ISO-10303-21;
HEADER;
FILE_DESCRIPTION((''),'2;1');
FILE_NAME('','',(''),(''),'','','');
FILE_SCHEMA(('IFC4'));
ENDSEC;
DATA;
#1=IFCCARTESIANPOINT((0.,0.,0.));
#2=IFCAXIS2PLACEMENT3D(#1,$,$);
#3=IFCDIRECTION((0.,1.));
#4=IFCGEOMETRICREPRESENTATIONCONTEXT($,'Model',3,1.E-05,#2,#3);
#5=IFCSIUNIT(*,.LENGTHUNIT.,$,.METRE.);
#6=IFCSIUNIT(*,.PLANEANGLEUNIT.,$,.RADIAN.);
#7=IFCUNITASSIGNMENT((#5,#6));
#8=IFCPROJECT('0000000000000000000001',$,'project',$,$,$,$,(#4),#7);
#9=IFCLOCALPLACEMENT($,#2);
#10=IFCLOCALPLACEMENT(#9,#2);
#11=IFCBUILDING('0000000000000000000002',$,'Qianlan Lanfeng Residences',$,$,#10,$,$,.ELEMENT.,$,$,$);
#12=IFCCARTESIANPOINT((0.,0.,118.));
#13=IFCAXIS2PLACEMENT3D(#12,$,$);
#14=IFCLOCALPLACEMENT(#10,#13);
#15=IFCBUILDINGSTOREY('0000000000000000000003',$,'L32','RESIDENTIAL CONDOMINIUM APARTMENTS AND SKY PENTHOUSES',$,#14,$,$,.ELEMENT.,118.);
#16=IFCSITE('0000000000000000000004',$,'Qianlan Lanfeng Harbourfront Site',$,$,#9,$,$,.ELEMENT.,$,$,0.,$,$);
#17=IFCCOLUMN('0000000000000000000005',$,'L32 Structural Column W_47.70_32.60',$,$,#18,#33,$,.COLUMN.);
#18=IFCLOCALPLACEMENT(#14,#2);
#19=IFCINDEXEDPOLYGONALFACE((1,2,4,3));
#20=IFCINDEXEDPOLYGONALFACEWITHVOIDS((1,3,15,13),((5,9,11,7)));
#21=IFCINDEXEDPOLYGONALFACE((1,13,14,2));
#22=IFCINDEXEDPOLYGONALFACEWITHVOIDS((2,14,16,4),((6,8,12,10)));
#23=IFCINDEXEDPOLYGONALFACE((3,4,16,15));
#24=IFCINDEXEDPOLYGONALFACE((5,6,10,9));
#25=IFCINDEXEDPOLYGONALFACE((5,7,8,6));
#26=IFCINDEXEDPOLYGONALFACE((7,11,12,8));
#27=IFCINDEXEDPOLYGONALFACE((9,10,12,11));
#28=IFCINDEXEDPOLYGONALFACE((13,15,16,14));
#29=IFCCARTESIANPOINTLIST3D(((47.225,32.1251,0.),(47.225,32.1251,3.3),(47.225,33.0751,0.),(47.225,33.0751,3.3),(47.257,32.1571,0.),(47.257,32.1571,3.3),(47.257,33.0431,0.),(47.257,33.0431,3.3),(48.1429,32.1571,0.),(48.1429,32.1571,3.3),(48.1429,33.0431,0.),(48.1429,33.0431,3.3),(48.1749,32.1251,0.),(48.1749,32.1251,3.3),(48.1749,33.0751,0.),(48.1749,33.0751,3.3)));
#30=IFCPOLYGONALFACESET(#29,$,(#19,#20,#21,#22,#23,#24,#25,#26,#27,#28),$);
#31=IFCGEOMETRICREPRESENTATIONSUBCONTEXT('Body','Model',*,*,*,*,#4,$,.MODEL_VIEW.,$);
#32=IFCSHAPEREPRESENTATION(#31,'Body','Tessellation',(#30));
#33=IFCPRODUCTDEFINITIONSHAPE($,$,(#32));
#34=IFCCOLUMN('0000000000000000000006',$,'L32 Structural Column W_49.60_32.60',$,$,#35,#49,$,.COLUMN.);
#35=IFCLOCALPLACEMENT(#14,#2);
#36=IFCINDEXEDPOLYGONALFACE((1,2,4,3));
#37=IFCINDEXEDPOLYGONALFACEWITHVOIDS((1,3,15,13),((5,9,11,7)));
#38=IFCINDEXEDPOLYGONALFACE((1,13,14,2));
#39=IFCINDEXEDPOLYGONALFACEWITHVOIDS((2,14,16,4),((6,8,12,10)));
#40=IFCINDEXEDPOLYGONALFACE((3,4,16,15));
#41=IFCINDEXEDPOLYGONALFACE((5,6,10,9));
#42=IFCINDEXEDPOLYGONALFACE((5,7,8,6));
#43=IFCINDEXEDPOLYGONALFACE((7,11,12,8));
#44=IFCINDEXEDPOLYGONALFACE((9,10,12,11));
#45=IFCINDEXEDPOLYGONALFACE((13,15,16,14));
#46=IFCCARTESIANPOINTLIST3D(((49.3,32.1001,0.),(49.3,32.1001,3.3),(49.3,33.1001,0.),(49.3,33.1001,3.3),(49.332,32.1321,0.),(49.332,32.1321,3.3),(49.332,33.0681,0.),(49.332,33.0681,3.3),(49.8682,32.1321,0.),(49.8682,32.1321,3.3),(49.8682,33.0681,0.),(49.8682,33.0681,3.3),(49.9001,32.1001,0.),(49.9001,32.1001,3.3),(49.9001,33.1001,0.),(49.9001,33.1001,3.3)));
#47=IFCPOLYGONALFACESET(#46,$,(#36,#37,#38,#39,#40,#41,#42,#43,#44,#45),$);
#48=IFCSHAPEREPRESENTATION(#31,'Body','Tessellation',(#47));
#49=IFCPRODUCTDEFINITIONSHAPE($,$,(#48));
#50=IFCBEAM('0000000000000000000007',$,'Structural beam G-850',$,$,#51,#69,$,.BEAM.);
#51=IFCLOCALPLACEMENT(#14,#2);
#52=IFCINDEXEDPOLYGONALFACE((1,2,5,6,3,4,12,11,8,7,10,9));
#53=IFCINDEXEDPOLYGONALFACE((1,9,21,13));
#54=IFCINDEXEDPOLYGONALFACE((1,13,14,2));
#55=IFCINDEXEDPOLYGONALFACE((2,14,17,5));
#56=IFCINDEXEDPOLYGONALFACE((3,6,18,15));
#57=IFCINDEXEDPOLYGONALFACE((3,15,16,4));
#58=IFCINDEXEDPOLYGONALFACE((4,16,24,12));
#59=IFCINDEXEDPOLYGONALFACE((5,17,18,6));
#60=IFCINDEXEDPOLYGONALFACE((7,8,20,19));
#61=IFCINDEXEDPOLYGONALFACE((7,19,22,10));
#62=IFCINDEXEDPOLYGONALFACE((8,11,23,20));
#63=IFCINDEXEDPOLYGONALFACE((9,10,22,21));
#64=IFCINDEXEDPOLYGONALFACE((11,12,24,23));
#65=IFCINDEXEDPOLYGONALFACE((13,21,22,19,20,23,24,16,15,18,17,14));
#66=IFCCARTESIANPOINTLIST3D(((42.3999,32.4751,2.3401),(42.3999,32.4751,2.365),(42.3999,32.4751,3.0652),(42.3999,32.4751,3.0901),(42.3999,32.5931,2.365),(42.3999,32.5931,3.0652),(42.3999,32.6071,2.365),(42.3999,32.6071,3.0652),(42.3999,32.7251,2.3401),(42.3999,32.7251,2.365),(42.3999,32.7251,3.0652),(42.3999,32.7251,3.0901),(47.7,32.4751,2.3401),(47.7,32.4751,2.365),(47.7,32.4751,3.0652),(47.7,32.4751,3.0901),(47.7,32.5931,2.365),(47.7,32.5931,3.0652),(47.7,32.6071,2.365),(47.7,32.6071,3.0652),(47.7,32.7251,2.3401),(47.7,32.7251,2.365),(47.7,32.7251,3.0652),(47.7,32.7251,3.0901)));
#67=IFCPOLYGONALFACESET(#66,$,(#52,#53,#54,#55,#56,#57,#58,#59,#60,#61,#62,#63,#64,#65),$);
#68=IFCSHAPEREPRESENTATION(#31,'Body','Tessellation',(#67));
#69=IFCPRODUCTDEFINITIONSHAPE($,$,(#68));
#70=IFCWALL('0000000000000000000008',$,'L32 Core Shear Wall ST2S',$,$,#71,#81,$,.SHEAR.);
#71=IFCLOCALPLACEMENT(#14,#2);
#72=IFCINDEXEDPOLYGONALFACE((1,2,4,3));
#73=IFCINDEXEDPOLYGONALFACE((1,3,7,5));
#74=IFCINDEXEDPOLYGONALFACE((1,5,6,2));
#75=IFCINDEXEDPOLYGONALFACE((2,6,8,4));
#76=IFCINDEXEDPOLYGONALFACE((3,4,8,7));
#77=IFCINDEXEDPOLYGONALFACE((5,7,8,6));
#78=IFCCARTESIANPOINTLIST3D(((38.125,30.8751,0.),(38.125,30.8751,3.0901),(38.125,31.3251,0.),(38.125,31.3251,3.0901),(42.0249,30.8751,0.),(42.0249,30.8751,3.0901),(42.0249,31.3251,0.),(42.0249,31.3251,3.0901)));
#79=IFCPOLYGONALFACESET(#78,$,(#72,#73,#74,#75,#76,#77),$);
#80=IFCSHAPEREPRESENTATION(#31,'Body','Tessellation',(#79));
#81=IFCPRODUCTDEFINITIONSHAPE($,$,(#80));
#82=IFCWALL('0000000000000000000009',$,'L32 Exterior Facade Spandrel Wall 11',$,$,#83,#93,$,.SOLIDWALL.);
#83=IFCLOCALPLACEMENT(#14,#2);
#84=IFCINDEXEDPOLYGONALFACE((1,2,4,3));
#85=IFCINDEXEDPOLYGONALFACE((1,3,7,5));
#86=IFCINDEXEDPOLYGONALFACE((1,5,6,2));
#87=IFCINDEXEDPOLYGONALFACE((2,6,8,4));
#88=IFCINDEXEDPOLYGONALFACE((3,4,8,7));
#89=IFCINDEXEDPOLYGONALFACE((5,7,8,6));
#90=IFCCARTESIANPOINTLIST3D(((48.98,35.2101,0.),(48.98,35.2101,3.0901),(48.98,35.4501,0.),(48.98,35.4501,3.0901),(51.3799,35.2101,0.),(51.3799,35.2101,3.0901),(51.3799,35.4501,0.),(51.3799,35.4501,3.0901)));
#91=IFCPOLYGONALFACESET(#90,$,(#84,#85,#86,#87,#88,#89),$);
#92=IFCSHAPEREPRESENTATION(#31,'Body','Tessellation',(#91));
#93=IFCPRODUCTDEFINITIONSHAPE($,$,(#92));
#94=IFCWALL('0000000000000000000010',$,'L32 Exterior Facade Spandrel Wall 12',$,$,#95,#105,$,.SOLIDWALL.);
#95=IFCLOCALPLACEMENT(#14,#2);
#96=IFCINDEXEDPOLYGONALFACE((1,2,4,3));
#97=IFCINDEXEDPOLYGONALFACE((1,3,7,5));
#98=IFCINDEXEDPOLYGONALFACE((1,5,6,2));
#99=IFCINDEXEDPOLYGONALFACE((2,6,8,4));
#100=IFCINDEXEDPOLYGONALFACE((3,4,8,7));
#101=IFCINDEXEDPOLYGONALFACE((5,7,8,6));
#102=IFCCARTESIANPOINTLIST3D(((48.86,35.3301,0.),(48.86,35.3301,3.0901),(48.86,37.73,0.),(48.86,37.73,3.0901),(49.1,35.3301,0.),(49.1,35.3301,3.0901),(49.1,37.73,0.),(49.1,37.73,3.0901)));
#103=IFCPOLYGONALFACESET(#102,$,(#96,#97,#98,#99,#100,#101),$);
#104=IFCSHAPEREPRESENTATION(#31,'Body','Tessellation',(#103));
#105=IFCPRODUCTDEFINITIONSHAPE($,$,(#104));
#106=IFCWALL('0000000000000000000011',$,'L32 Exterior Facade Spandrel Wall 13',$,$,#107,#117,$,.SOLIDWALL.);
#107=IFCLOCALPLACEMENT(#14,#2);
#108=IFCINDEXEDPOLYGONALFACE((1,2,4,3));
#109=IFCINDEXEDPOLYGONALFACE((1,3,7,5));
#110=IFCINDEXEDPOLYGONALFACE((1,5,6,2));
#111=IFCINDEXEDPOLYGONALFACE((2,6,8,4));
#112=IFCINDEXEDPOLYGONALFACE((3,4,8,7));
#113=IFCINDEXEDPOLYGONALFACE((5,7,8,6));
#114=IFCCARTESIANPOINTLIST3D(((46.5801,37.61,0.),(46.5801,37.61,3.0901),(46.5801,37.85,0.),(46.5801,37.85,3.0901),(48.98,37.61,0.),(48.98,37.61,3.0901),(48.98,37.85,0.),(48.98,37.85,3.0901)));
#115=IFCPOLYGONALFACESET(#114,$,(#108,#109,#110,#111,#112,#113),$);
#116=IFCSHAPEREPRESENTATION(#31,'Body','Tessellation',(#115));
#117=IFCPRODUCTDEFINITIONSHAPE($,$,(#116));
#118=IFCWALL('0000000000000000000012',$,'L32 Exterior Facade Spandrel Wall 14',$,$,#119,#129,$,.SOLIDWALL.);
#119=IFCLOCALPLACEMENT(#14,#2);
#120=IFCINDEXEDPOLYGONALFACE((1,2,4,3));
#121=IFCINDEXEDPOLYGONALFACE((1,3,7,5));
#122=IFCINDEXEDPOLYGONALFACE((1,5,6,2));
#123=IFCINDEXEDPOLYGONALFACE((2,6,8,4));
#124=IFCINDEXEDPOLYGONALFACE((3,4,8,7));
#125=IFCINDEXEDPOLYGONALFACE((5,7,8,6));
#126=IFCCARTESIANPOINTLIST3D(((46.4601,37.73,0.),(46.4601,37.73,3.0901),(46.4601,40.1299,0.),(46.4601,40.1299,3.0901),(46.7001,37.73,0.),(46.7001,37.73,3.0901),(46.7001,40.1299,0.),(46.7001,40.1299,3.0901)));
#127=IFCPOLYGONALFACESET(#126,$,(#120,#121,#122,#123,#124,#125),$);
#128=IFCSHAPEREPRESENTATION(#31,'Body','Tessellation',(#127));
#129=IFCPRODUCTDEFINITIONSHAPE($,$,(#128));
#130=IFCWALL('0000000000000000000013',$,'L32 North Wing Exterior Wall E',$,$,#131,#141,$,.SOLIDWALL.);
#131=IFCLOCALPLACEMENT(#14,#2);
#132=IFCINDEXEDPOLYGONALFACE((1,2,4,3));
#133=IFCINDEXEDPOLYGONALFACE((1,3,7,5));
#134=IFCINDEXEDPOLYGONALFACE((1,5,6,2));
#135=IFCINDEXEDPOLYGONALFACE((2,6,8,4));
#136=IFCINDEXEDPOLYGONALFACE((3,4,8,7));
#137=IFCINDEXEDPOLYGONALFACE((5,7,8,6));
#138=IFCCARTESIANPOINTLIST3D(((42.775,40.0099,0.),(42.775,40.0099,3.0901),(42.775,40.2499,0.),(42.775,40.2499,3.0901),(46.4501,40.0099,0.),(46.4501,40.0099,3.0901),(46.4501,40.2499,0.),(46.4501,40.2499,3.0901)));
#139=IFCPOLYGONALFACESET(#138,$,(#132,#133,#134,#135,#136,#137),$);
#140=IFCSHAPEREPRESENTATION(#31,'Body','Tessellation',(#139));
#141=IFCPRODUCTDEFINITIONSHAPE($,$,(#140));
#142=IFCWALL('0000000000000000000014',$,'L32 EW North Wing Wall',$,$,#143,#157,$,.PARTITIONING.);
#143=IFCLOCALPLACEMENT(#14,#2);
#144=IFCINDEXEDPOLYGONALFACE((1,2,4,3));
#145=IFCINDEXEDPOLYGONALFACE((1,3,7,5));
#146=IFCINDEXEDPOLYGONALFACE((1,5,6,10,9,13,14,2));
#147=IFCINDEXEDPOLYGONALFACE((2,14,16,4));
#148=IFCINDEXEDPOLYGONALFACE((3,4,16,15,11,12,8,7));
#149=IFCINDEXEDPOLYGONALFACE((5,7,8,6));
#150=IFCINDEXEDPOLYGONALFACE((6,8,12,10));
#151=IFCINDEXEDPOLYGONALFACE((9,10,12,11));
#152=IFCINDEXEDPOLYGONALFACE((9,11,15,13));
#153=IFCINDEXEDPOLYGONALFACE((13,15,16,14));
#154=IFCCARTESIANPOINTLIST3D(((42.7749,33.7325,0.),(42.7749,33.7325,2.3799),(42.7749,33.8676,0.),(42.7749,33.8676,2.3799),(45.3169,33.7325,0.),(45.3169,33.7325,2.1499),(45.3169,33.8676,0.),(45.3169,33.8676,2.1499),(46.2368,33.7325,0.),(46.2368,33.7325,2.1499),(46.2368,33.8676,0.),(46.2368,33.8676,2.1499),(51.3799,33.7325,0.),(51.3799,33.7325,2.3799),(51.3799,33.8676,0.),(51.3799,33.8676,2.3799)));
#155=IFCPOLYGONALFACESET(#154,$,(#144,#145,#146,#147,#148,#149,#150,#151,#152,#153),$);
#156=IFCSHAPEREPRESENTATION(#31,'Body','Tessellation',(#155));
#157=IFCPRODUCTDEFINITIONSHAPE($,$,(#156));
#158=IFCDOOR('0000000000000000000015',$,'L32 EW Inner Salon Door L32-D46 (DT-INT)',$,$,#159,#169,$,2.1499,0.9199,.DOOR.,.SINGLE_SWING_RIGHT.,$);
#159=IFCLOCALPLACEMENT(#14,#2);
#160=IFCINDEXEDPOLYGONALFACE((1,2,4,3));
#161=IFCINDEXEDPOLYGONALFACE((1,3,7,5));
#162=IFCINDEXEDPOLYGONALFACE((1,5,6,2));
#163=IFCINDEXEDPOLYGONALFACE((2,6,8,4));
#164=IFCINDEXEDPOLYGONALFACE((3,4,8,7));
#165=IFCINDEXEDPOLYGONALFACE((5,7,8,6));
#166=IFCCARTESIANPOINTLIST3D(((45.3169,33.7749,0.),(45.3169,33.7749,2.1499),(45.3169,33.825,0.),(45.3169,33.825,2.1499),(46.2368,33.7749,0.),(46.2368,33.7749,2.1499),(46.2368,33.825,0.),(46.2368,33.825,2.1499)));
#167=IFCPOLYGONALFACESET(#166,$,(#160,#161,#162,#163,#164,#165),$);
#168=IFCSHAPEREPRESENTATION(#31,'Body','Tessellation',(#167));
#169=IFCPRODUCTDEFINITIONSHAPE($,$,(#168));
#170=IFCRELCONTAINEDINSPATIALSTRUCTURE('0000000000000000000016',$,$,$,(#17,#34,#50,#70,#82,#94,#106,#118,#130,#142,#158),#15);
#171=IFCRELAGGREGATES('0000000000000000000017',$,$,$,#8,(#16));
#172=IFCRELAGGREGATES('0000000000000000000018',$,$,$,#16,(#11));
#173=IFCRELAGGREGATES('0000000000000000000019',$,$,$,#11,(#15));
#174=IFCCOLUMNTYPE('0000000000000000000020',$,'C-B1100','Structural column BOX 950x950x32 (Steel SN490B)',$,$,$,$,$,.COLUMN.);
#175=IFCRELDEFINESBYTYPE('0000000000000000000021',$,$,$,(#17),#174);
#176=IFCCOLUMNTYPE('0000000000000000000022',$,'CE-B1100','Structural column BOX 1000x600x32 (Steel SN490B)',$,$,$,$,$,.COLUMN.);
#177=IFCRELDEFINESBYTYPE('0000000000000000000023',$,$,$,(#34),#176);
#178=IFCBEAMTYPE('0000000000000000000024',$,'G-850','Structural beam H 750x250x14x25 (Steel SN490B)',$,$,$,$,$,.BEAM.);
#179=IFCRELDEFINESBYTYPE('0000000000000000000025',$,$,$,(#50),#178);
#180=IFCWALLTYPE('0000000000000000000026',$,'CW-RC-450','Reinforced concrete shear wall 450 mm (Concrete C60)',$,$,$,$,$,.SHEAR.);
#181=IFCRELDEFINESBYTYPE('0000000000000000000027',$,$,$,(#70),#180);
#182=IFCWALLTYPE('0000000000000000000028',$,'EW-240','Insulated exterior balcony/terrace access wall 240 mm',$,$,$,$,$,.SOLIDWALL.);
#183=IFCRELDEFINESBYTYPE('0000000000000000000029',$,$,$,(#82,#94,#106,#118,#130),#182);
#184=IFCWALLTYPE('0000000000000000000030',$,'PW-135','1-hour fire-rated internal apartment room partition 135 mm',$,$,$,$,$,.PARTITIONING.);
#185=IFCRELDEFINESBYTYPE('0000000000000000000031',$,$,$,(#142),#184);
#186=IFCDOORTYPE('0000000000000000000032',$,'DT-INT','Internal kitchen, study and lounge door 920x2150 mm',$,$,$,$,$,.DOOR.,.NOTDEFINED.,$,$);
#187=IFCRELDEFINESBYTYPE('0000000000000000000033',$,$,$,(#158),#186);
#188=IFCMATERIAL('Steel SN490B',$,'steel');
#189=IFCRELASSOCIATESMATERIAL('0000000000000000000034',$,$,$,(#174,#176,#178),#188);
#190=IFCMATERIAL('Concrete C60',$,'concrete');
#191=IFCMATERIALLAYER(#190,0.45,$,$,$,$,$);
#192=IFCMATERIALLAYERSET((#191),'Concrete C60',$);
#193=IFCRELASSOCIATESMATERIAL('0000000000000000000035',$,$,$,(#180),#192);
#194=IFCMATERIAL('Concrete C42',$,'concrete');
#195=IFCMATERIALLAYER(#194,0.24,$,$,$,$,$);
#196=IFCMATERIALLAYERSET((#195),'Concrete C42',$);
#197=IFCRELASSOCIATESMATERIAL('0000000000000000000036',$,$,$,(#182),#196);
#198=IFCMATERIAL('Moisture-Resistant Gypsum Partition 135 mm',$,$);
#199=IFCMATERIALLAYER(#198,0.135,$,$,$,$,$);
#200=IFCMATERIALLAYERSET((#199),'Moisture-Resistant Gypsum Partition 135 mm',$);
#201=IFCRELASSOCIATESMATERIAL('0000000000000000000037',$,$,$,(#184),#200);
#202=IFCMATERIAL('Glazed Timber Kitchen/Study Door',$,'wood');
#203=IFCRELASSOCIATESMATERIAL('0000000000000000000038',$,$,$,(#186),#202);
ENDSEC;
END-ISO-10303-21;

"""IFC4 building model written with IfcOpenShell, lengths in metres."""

from ifc_helpers import new_model, si_unit, direction, frame, frame_2d, origin, origin_2d, place, context, subcontext, project, spatial, rectangle, hollow_rectangle, i_section, extrude, material, layer, layer_set, material_profile, profile_set, type_object, element, fill, save


model = new_model("IFC4")

# Units and contexts
model_context = context("Model", 3, precision=1e-05, world=origin(), true_north=direction((0.0, 1.0)))
body_context = subcontext(model_context, "Body", "Model", "MODEL_VIEW")
ifc_project = project(units=[si_unit("LENGTHUNIT", "METRE"), si_unit("PLANEANGLEUNIT", "RADIAN")], contexts=[model_context])

# Site, building, storey
site_placement = place(None, origin())
site = spatial("IfcSite", under=ifc_project, at=site_placement, Name="Qianlan Lanfeng Harbourfront Site", CompositionType="ELEMENT", RefElevation=0.0)
building_placement = place(site_placement, origin())
building = spatial("IfcBuilding", under=site, at=building_placement, Name="Qianlan Lanfeng Residences", CompositionType="ELEMENT")
storey_placement = place(building_placement, frame((0.0, 0.0, 118.0)))
storey = spatial("IfcBuildingStorey", under=building, at=storey_placement, Name="L32", Description="RESIDENTIAL CONDOMINIUM APARTMENTS AND SKY PENTHOUSES", CompositionType="ELEMENT", Elevation=118.0)

# Columns
ifc_material_1 = material(Name="Steel SN490B", Category="steel")
ifc_material_profile_1 = material_profile(ifc_material_1, hollow_rectangle(XDim=0.95, YDim=0.95, WallThickness=0.032, at=origin_2d()), Name="BOX 950x950x32")
ifc_profile_set_1 = profile_set([ifc_material_profile_1], Name="Steel SN490B")
column_type_1 = type_object("IfcColumnType", Name="C-B1100", Description="Structural column BOX 950x950x32 (Steel SN490B)", PredefinedType="COLUMN", material=ifc_profile_set_1)
column_1_placement = place(storey_placement, frame((47.7, 32.6001, 0.0), z_axis=(0.0, 0.0, 1.0), x_axis=(1.0, 0.0, 0.0)))
element("IfcColumn", 1, at=column_1_placement, inside=storey, type_object=column_type_1, Name="L32 Structural Column W_47.70_32.60", PredefinedType="COLUMN", context=body_context, shape_type="SweptSolid", body=[
    extrude(hollow_rectangle(XDim=0.95, YDim=0.95, WallThickness=0.032, at=origin_2d()), origin(), (0.0, 0.0, 1.0), 3.3),
])
ifc_material_profile_2 = material_profile(ifc_material_1, hollow_rectangle(XDim=0.6001, YDim=1.0, WallThickness=0.032, at=origin_2d()), Name="BOX 1000x600x32")
ifc_profile_set_2 = profile_set([ifc_material_profile_2], Name="Steel SN490B")
column_type_2 = type_object("IfcColumnType", Name="CE-B1100", Description="Structural column BOX 1000x600x32 (Steel SN490B)", PredefinedType="COLUMN", material=ifc_profile_set_2)
column_2_placement = place(storey_placement, frame((49.6001, 32.6001, 0.0), z_axis=(0.0, 0.0, 1.0), x_axis=(1.0, 0.0, 0.0)))
element("IfcColumn", 2, at=column_2_placement, inside=storey, type_object=column_type_2, Name="L32 Structural Column W_49.60_32.60", PredefinedType="COLUMN", context=body_context, shape_type="SweptSolid", body=[
    extrude(hollow_rectangle(XDim=0.6001, YDim=1.0, WallThickness=0.032, at=origin_2d()), origin(), (0.0, 0.0, 1.0), 3.3),
])

# Beam
ifc_material_profile_3 = material_profile(ifc_material_1, i_section(OverallWidth=0.25, OverallDepth=0.75, WebThickness=0.0139, FlangeThickness=0.0249, at=origin_2d()), Name="H 750x250x14x25")
ifc_profile_set_3 = profile_set([ifc_material_profile_3], Name="Steel SN490B")
beam_type = type_object("IfcBeamType", Name="G-850", Description="Structural beam H 750x250x14x25 (Steel SN490B)", PredefinedType="BEAM", material=ifc_profile_set_3)
beam_placement = place(storey_placement, frame((42.3999, 32.6001, 2.7151), z_axis=(1.0, 0.0, 0.0), x_axis=(0.0, 1.0, 0.0)))
element("IfcBeam", 3, at=beam_placement, inside=storey, type_object=beam_type, Name="Structural beam G-850", PredefinedType="BEAM", context=body_context, shape_type="SweptSolid", body=[
    extrude(i_section(OverallWidth=0.25, OverallDepth=0.75, WebThickness=0.0139, FlangeThickness=0.0249, at=origin_2d()), origin(), (0.0, 0.0, 1.0), 5.3),
])

# Walls
ifc_material_2 = material(Name="Concrete C60", Category="concrete")
ifc_layer_1 = layer(ifc_material_2, 0.45)
ifc_layer_set_1 = layer_set([ifc_layer_1], Name="Concrete C60")
wall_type_1 = type_object("IfcWallType", Name="CW-RC-450", Description="Reinforced concrete shear wall 450 mm (Concrete C60)", PredefinedType="SHEAR", material=ifc_layer_set_1)
wall_1_placement = place(storey_placement, frame((38.125, 31.1001, 0.0), z_axis=(0.0, 0.0, 1.0), x_axis=(1.0, 0.0, 0.0)))
element("IfcWall", 4, at=wall_1_placement, inside=storey, type_object=wall_type_1, Name="L32 Core Shear Wall ST2S", PredefinedType="SHEAR", context=body_context, shape_type="SweptSolid", body=[
    extrude(rectangle(XDim=3.8999, YDim=0.45, at=frame_2d((1.95, 0.0))), origin(), (0.0, 0.0, 1.0), 3.0901),
])
ifc_material_3 = material(Name="Concrete C42", Category="concrete")
ifc_layer_2 = layer(ifc_material_3, 0.24)
ifc_layer_set_2 = layer_set([ifc_layer_2], Name="Concrete C42")
wall_type_2 = type_object("IfcWallType", Name="EW-240", Description="Insulated exterior balcony/terrace access wall 240 mm", PredefinedType="SOLIDWALL", material=ifc_layer_set_2)
for number, where, z_axis, x_axis, name in (
    (5, (51.3799, 35.3301, 0.0), (0.0, 0.0, 1.0), (-1.0, 0.0, 0.0), "L32 Exterior Facade Spandrel Wall 11"),
    (6, (48.98, 35.3301, 0.0), (0.0, 0.0, 1.0), (0.0, 1.0, 0.0), "L32 Exterior Facade Spandrel Wall 12"),
    (7, (48.98, 37.73, 0.0), (0.0, 0.0, 1.0), (-1.0, 0.0, 0.0), "L32 Exterior Facade Spandrel Wall 13"),
    (8, (46.5801, 37.73, 0.0), (0.0, 0.0, 1.0), (0.0, 1.0, 0.0), "L32 Exterior Facade Spandrel Wall 14"),
):
    element("IfcWall", number, at=place(storey_placement, frame(where, z_axis=z_axis, x_axis=x_axis)), inside=storey, type_object=wall_type_2, Name=name, PredefinedType="SOLIDWALL", context=body_context, shape_type="SweptSolid", body=[
        extrude(rectangle(XDim=2.3999, YDim=0.24, at=frame_2d((1.2, 0.0))), origin(), (0.0, 0.0, 1.0), 3.0901),
    ])
wall_2_placement = place(storey_placement, frame((46.45, 40.1299, 0.0), z_axis=(0.0, 0.0, 1.0), x_axis=(-1.0, 0.0, 0.0)))
element("IfcWall", 9, at=wall_2_placement, inside=storey, type_object=wall_type_2, Name="L32 North Wing Exterior Wall E", PredefinedType="SOLIDWALL", context=body_context, shape_type="SweptSolid", body=[
    extrude(rectangle(XDim=3.675, YDim=0.24, at=frame_2d((1.8374, 0.0))), origin(), (0.0, 0.0, 1.0), 3.0901),
])

# Wall, opening, door
ifc_material_4 = material(Name="Moisture-Resistant Gypsum Partition 135 mm")
ifc_layer_3 = layer(ifc_material_4, 0.135)
ifc_layer_set_3 = layer_set([ifc_layer_3], Name="Moisture-Resistant Gypsum Partition 135 mm")
wall_type_3 = type_object("IfcWallType", Name="PW-135", Description="1-hour fire-rated internal apartment room partition 135 mm", PredefinedType="PARTITIONING", material=ifc_layer_set_3)
wall_3_placement = place(storey_placement, frame((42.7749, 33.8, 0.0), z_axis=(0.0, 0.0, 1.0), x_axis=(1.0, 0.0, 0.0)))
wall_3 = element("IfcWall", 10, at=wall_3_placement, inside=storey, type_object=wall_type_3, Name="L32 EW North Wing Wall", PredefinedType="PARTITIONING", context=body_context, shape_type="SweptSolid", body=[
    extrude(rectangle(XDim=8.605, YDim=0.135, at=frame_2d((4.3025, 0.0))), origin(), (0.0, 0.0, 1.0), 2.3799),
])
opening_placement = place(wall_3_placement, frame((2.542, 0.0, 0.0)))
opening = element("IfcOpeningElement", 11, at=opening_placement, cuts=wall_3, PredefinedType="OPENING", context=body_context, shape_type="SweptSolid", body=[
    extrude(rectangle(XDim=0.9199, YDim=2.1499, at=frame_2d((0.46, 1.075))), frame((0.0, 0.0776, 0.0), z_axis=(0.0, -1.0, 0.0), x_axis=(1.0, 0.0, 0.0)), (0.0, 0.0, 1.0), 0.155),
])
ifc_material_5 = material(Name="Glazed Timber Kitchen/Study Door", Category="wood")
door_type = type_object("IfcDoorType", Name="DT-INT", Description="Internal kitchen, study and lounge door 920x2150 mm", OperationType="NOTDEFINED", PredefinedType="DOOR", material=ifc_material_5)
door_placement = place(opening_placement, origin())
door = element("IfcDoor", 12, at=door_placement, inside=storey, type_object=door_type, Name="L32 EW Inner Salon Door L32-D46 (DT-INT)", OperationType="SINGLE_SWING_RIGHT", OverallHeight=2.1499, OverallWidth=0.9199, PredefinedType="DOOR", context=body_context, shape_type="SweptSolid", body=[
    extrude(rectangle(XDim=0.9199, YDim=2.1499, at=frame_2d((0.46, 1.075))), frame((0.0, 0.0249, 0.0), z_axis=(0.0, -1.0, 0.0), x_axis=(1.0, 0.0, 0.0)), (0.0, 0.0, 1.0), 0.05),
])
fill(opening, door)

save(model, "model.ifc")
